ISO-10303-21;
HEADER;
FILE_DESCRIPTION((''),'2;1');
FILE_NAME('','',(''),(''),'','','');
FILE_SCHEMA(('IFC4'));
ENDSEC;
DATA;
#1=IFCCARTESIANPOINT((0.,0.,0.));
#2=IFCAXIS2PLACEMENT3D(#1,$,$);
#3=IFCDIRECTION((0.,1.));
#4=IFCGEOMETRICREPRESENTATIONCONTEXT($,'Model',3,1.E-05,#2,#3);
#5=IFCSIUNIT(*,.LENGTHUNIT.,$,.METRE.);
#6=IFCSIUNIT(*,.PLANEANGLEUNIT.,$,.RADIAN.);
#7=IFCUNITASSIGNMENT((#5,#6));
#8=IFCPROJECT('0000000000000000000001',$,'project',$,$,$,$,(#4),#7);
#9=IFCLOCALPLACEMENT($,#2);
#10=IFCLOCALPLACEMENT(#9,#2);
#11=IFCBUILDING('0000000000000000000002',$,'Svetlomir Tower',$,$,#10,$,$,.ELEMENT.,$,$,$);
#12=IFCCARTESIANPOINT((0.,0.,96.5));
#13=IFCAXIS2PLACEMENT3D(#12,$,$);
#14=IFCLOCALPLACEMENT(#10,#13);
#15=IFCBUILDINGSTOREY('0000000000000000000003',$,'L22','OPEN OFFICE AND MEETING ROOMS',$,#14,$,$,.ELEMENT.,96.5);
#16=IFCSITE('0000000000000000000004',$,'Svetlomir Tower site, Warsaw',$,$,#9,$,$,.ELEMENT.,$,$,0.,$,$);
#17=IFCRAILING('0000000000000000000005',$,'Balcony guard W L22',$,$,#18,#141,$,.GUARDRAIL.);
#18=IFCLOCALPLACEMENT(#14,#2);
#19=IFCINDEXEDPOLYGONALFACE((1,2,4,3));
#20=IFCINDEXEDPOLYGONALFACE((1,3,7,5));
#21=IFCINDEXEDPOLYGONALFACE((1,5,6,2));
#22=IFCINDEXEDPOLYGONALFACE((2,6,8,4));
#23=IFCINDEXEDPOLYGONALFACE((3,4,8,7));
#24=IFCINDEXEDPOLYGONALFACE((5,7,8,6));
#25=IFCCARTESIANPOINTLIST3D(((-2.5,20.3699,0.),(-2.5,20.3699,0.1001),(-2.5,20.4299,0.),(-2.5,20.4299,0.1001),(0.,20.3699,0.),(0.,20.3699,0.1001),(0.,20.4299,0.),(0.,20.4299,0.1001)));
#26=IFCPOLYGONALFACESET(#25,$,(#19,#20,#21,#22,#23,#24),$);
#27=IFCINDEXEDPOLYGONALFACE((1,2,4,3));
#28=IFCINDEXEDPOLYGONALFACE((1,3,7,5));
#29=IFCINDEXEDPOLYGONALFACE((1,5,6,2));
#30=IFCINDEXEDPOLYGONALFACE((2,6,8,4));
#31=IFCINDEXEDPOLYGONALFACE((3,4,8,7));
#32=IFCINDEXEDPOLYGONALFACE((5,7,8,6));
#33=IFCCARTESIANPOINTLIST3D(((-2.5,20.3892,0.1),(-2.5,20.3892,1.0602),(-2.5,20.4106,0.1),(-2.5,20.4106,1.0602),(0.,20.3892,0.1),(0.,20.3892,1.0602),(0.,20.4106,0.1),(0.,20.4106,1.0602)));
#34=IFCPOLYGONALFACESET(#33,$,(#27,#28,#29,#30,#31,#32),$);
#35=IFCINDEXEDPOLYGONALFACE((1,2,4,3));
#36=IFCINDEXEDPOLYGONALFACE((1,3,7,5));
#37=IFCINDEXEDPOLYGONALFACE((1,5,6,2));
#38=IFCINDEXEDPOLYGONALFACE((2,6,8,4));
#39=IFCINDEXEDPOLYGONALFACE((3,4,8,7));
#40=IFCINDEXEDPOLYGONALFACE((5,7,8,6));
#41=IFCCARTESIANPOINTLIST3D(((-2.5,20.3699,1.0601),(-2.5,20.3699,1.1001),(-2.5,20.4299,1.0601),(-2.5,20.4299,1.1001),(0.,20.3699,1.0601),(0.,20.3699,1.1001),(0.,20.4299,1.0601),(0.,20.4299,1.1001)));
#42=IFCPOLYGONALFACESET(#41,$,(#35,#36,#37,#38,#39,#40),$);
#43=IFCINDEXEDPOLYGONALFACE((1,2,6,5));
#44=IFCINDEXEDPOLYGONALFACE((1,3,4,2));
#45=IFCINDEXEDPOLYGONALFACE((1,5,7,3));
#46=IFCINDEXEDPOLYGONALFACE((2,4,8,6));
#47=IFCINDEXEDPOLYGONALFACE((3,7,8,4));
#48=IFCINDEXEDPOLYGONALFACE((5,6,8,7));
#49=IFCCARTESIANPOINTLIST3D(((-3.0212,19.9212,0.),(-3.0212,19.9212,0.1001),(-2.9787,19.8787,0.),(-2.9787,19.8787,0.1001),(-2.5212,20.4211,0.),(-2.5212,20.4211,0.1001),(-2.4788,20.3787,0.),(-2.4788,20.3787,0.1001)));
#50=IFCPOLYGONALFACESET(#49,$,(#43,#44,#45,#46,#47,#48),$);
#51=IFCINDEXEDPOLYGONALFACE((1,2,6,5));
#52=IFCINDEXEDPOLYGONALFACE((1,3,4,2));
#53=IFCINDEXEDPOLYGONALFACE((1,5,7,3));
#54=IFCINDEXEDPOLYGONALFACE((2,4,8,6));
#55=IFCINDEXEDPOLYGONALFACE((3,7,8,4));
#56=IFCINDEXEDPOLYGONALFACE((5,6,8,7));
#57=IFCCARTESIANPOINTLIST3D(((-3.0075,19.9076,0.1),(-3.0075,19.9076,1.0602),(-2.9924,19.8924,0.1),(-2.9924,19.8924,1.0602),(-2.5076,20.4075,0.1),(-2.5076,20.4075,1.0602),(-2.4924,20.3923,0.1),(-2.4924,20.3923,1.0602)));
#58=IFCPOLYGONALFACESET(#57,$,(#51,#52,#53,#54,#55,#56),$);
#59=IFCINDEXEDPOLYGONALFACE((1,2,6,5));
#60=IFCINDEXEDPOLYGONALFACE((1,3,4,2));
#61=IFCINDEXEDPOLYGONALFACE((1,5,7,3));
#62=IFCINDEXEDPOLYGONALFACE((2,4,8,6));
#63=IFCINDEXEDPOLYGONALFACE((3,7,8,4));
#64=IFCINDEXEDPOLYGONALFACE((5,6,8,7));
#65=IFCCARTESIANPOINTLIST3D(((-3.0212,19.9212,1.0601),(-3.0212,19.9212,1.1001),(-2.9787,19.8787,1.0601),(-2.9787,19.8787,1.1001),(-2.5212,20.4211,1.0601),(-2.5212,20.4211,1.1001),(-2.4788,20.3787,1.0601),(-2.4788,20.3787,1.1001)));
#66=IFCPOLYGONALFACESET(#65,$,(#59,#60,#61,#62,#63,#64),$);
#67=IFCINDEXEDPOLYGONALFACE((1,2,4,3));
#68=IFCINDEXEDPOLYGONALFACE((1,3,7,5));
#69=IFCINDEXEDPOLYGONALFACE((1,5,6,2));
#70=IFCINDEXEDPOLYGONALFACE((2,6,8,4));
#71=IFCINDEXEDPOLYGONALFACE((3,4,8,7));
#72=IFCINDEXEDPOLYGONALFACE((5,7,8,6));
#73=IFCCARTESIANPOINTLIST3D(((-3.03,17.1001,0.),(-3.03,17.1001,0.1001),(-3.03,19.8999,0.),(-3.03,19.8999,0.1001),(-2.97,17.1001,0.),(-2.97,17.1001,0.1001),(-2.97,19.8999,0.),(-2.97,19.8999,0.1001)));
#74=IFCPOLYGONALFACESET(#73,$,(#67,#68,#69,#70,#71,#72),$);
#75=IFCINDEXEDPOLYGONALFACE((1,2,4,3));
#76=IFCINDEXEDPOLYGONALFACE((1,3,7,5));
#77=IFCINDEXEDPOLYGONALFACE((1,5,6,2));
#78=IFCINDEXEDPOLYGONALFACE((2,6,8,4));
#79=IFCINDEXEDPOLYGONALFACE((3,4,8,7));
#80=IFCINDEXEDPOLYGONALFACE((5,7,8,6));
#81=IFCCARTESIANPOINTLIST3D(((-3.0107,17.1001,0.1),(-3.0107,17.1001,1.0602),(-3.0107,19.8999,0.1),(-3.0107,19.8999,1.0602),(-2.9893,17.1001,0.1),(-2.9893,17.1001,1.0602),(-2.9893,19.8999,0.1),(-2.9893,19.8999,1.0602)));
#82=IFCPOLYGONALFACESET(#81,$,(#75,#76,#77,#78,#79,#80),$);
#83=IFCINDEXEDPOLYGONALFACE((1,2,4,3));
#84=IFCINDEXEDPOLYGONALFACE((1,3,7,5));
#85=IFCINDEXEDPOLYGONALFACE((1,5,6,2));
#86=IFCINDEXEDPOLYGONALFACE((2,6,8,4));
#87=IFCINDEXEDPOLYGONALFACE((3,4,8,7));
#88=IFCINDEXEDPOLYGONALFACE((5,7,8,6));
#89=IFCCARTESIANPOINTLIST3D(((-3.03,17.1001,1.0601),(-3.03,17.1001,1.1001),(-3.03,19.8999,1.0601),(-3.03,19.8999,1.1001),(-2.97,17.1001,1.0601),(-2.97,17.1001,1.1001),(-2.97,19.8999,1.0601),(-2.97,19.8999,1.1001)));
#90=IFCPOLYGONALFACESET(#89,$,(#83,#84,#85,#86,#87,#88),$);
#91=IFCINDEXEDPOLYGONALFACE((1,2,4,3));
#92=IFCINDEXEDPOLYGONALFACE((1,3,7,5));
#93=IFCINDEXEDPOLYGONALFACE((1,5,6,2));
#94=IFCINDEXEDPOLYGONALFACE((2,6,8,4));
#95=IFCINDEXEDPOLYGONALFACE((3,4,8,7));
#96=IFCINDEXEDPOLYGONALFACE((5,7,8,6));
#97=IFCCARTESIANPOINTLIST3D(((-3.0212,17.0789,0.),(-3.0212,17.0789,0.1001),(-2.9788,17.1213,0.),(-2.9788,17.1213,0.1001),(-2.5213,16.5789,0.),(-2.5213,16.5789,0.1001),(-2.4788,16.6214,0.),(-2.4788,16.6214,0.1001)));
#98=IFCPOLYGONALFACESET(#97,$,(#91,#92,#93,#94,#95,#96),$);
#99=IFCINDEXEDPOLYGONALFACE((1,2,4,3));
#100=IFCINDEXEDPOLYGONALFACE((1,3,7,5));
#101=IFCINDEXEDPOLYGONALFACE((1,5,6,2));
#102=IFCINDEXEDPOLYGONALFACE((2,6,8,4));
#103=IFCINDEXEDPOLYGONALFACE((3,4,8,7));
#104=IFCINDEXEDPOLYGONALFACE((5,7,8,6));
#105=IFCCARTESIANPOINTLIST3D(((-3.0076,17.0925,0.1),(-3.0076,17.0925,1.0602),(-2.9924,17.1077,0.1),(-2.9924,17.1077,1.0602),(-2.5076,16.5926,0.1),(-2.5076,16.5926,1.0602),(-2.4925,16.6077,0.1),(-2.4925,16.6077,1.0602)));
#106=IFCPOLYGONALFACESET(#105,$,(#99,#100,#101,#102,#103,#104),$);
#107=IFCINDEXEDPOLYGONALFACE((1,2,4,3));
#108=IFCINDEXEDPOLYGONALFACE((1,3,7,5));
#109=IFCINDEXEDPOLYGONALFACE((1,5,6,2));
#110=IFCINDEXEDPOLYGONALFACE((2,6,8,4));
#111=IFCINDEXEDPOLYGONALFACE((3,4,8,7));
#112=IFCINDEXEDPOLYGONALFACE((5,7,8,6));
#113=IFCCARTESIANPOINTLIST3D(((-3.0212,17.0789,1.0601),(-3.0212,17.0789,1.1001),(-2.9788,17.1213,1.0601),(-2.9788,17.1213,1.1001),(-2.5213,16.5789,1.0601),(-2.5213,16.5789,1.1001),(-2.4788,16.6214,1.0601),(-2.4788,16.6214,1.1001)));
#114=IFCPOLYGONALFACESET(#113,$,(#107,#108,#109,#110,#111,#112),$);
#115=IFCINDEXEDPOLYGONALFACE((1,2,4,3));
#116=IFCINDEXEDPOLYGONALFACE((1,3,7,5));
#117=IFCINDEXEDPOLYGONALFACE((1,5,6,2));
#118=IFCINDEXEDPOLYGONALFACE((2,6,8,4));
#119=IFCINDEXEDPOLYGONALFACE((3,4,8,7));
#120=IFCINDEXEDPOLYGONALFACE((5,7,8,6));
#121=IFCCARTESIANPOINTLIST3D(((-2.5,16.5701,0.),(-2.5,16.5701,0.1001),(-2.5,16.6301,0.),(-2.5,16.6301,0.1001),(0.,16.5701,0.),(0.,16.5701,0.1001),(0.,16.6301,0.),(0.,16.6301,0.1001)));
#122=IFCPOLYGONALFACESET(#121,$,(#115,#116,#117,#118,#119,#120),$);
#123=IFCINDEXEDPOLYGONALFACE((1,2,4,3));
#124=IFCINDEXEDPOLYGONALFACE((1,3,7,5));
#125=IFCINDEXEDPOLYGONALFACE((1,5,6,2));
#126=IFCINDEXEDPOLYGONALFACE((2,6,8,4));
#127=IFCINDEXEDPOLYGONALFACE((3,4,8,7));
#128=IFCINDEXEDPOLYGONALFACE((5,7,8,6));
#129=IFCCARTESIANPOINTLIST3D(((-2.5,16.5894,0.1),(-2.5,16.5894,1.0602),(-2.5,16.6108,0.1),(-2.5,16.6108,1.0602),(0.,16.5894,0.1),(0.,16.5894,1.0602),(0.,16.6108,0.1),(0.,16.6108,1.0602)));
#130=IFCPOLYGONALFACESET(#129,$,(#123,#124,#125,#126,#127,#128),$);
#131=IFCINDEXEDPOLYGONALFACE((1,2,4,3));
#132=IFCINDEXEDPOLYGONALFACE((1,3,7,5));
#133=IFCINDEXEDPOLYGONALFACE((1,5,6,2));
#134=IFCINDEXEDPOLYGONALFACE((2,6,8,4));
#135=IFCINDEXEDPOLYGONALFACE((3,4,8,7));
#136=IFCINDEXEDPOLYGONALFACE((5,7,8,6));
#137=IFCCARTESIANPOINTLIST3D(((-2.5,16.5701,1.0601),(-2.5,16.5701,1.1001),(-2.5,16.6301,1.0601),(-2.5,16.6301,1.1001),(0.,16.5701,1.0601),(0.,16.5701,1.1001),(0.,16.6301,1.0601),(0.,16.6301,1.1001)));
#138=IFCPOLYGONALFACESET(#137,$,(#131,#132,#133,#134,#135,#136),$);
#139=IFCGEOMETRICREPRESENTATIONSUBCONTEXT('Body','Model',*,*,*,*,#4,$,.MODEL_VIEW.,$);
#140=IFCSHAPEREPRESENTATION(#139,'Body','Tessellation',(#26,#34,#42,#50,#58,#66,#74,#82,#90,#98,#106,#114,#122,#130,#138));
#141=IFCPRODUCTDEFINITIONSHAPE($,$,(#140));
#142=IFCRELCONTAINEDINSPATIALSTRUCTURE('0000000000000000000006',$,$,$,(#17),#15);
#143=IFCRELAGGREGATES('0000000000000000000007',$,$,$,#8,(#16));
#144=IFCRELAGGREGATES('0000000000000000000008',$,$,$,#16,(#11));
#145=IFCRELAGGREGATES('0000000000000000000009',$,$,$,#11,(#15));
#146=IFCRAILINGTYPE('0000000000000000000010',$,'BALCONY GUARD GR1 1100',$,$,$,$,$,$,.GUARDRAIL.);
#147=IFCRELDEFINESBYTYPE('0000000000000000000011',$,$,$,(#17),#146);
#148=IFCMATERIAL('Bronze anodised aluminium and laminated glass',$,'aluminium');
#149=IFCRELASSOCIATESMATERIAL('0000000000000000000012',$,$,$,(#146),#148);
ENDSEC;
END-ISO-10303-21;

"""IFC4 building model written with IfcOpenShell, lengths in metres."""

from ifc_helpers import new_model, si_unit, direction, frame, origin, origin_2d, place, context, subcontext, project, spatial, rectangle, extrude, material, type_object, element, save


model = new_model("IFC4")

# Units and contexts
model_context = context("Model", 3, precision=1e-05, world=origin(), true_north=direction((0.0, 1.0)))
body_context = subcontext(model_context, "Body", "Model", "MODEL_VIEW")
ifc_project = project(units=[si_unit("LENGTHUNIT", "METRE"), si_unit("PLANEANGLEUNIT", "RADIAN")], contexts=[model_context])

# Site, building, storey
site_placement = place(None, origin())
site = spatial("IfcSite", under=ifc_project, at=site_placement, Name="Svetlomir Tower site, Warsaw", CompositionType="ELEMENT", RefElevation=0.0)
building_placement = place(site_placement, origin())
building = spatial("IfcBuilding", under=site, at=building_placement, Name="Svetlomir Tower", CompositionType="ELEMENT")
storey_placement = place(building_placement, frame((0.0, 0.0, 96.5)))
storey = spatial("IfcBuildingStorey", under=building, at=storey_placement, Name="L22", Description="OPEN OFFICE AND MEETING ROOMS", CompositionType="ELEMENT", Elevation=96.5)

# Railing
ifc_material_1 = material(Name="Bronze anodised aluminium and laminated glass", Category="aluminium")
railing_type_1 = type_object("IfcRailingType", Name="BALCONY GUARD GR1 1100", PredefinedType="GUARDRAIL", material=ifc_material_1)
railing_1_placement = place(storey_placement, frame((0.0, 20.3999, 0.0)))
element("IfcRailing", 1, at=railing_1_placement, inside=storey, type_object=railing_type_1, Name="Balcony guard W L22", PredefinedType="GUARDRAIL", context=body_context, shape_type="SweptSolid", body=[
    extrude(rectangle(XDim=0.0601, YDim=0.1001, at=origin_2d()), frame((0.0, 0.0, 0.05), z_axis=(-1.0, 0.0, 0.0), x_axis=(0.0, -1.0, 0.0)), (0.0, 0.0, 1.0), 2.5),
    extrude(rectangle(XDim=0.0215, YDim=0.9602, at=origin_2d()), frame((0.0, 0.0, 0.5801), z_axis=(-1.0, 0.0, 0.0), x_axis=(0.0, -1.0, 0.0)), (0.0, 0.0, 1.0), 2.5),
    extrude(rectangle(XDim=0.0601, YDim=0.04, at=origin_2d()), frame((0.0, 0.0, 1.0801), z_axis=(-1.0, 0.0, 0.0), x_axis=(0.0, -1.0, 0.0)), (0.0, 0.0, 1.0), 2.5),
    extrude(rectangle(XDim=0.0601, YDim=0.1001, at=origin_2d()), frame((-2.5, 0.0, 0.05), z_axis=(-0.707107, -0.707107, 0.0), x_axis=(0.707107, -0.707107, 0.0)), (0.0, 0.0, 1.0), 0.707),
    extrude(rectangle(XDim=0.0215, YDim=0.9602, at=origin_2d()), frame((-2.5, 0.0, 0.5801), z_axis=(-0.707107, -0.707107, 0.0), x_axis=(0.707107, -0.707107, 0.0)), (0.0, 0.0, 1.0), 0.707),
    extrude(rectangle(XDim=0.0601, YDim=0.04, at=origin_2d()), frame((-2.5, 0.0, 1.0801), z_axis=(-0.707107, -0.707107, 0.0), x_axis=(0.707107, -0.707107, 0.0)), (0.0, 0.0, 1.0), 0.707),
    extrude(rectangle(XDim=0.0601, YDim=0.1001, at=origin_2d()), frame((-3.0, -0.5, 0.05), z_axis=(0.0, -1.0, 0.0), x_axis=(1.0, 0.0, 0.0)), (0.0, 0.0, 1.0), 2.7998),
    extrude(rectangle(XDim=0.0215, YDim=0.9602, at=origin_2d()), frame((-3.0, -0.5, 0.5801), z_axis=(0.0, -1.0, 0.0), x_axis=(1.0, 0.0, 0.0)), (0.0, 0.0, 1.0), 2.7998),
    extrude(rectangle(XDim=0.0601, YDim=0.04, at=origin_2d()), frame((-3.0, -0.5, 1.0801), z_axis=(0.0, -1.0, 0.0), x_axis=(1.0, 0.0, 0.0)), (0.0, 0.0, 1.0), 2.7998),
    extrude(rectangle(XDim=0.0601, YDim=0.1001, at=origin_2d()), frame((-3.0, -3.2998, 0.05), z_axis=(0.707107, -0.707107, 0.0), x_axis=(0.707107, 0.707107, 0.0)), (0.0, 0.0, 1.0), 0.707),
    extrude(rectangle(XDim=0.0215, YDim=0.9602, at=origin_2d()), frame((-3.0, -3.2998, 0.5801), z_axis=(0.707107, -0.707107, 0.0), x_axis=(0.707107, 0.707107, 0.0)), (0.0, 0.0, 1.0), 0.707),
    extrude(rectangle(XDim=0.0601, YDim=0.04, at=origin_2d()), frame((-3.0, -3.2998, 1.0801), z_axis=(0.707107, -0.707107, 0.0), x_axis=(0.707107, 0.707107, 0.0)), (0.0, 0.0, 1.0), 0.707),
    extrude(rectangle(XDim=0.0601, YDim=0.1001, at=origin_2d()), frame((-2.5, -3.7998, 0.05), z_axis=(1.0, 0.0, 0.0), x_axis=(0.0, 1.0, 0.0)), (0.0, 0.0, 1.0), 2.5),
    extrude(rectangle(XDim=0.0215, YDim=0.9602, at=origin_2d()), frame((-2.5, -3.7998, 0.5801), z_axis=(1.0, 0.0, 0.0), x_axis=(0.0, 1.0, 0.0)), (0.0, 0.0, 1.0), 2.5),
    extrude(rectangle(XDim=0.0601, YDim=0.04, at=origin_2d()), frame((-2.5, -3.7998, 1.0801), z_axis=(1.0, 0.0, 0.0), x_axis=(0.0, 1.0, 0.0)), (0.0, 0.0, 1.0), 2.5),
])

save(model, "model.ifc")
